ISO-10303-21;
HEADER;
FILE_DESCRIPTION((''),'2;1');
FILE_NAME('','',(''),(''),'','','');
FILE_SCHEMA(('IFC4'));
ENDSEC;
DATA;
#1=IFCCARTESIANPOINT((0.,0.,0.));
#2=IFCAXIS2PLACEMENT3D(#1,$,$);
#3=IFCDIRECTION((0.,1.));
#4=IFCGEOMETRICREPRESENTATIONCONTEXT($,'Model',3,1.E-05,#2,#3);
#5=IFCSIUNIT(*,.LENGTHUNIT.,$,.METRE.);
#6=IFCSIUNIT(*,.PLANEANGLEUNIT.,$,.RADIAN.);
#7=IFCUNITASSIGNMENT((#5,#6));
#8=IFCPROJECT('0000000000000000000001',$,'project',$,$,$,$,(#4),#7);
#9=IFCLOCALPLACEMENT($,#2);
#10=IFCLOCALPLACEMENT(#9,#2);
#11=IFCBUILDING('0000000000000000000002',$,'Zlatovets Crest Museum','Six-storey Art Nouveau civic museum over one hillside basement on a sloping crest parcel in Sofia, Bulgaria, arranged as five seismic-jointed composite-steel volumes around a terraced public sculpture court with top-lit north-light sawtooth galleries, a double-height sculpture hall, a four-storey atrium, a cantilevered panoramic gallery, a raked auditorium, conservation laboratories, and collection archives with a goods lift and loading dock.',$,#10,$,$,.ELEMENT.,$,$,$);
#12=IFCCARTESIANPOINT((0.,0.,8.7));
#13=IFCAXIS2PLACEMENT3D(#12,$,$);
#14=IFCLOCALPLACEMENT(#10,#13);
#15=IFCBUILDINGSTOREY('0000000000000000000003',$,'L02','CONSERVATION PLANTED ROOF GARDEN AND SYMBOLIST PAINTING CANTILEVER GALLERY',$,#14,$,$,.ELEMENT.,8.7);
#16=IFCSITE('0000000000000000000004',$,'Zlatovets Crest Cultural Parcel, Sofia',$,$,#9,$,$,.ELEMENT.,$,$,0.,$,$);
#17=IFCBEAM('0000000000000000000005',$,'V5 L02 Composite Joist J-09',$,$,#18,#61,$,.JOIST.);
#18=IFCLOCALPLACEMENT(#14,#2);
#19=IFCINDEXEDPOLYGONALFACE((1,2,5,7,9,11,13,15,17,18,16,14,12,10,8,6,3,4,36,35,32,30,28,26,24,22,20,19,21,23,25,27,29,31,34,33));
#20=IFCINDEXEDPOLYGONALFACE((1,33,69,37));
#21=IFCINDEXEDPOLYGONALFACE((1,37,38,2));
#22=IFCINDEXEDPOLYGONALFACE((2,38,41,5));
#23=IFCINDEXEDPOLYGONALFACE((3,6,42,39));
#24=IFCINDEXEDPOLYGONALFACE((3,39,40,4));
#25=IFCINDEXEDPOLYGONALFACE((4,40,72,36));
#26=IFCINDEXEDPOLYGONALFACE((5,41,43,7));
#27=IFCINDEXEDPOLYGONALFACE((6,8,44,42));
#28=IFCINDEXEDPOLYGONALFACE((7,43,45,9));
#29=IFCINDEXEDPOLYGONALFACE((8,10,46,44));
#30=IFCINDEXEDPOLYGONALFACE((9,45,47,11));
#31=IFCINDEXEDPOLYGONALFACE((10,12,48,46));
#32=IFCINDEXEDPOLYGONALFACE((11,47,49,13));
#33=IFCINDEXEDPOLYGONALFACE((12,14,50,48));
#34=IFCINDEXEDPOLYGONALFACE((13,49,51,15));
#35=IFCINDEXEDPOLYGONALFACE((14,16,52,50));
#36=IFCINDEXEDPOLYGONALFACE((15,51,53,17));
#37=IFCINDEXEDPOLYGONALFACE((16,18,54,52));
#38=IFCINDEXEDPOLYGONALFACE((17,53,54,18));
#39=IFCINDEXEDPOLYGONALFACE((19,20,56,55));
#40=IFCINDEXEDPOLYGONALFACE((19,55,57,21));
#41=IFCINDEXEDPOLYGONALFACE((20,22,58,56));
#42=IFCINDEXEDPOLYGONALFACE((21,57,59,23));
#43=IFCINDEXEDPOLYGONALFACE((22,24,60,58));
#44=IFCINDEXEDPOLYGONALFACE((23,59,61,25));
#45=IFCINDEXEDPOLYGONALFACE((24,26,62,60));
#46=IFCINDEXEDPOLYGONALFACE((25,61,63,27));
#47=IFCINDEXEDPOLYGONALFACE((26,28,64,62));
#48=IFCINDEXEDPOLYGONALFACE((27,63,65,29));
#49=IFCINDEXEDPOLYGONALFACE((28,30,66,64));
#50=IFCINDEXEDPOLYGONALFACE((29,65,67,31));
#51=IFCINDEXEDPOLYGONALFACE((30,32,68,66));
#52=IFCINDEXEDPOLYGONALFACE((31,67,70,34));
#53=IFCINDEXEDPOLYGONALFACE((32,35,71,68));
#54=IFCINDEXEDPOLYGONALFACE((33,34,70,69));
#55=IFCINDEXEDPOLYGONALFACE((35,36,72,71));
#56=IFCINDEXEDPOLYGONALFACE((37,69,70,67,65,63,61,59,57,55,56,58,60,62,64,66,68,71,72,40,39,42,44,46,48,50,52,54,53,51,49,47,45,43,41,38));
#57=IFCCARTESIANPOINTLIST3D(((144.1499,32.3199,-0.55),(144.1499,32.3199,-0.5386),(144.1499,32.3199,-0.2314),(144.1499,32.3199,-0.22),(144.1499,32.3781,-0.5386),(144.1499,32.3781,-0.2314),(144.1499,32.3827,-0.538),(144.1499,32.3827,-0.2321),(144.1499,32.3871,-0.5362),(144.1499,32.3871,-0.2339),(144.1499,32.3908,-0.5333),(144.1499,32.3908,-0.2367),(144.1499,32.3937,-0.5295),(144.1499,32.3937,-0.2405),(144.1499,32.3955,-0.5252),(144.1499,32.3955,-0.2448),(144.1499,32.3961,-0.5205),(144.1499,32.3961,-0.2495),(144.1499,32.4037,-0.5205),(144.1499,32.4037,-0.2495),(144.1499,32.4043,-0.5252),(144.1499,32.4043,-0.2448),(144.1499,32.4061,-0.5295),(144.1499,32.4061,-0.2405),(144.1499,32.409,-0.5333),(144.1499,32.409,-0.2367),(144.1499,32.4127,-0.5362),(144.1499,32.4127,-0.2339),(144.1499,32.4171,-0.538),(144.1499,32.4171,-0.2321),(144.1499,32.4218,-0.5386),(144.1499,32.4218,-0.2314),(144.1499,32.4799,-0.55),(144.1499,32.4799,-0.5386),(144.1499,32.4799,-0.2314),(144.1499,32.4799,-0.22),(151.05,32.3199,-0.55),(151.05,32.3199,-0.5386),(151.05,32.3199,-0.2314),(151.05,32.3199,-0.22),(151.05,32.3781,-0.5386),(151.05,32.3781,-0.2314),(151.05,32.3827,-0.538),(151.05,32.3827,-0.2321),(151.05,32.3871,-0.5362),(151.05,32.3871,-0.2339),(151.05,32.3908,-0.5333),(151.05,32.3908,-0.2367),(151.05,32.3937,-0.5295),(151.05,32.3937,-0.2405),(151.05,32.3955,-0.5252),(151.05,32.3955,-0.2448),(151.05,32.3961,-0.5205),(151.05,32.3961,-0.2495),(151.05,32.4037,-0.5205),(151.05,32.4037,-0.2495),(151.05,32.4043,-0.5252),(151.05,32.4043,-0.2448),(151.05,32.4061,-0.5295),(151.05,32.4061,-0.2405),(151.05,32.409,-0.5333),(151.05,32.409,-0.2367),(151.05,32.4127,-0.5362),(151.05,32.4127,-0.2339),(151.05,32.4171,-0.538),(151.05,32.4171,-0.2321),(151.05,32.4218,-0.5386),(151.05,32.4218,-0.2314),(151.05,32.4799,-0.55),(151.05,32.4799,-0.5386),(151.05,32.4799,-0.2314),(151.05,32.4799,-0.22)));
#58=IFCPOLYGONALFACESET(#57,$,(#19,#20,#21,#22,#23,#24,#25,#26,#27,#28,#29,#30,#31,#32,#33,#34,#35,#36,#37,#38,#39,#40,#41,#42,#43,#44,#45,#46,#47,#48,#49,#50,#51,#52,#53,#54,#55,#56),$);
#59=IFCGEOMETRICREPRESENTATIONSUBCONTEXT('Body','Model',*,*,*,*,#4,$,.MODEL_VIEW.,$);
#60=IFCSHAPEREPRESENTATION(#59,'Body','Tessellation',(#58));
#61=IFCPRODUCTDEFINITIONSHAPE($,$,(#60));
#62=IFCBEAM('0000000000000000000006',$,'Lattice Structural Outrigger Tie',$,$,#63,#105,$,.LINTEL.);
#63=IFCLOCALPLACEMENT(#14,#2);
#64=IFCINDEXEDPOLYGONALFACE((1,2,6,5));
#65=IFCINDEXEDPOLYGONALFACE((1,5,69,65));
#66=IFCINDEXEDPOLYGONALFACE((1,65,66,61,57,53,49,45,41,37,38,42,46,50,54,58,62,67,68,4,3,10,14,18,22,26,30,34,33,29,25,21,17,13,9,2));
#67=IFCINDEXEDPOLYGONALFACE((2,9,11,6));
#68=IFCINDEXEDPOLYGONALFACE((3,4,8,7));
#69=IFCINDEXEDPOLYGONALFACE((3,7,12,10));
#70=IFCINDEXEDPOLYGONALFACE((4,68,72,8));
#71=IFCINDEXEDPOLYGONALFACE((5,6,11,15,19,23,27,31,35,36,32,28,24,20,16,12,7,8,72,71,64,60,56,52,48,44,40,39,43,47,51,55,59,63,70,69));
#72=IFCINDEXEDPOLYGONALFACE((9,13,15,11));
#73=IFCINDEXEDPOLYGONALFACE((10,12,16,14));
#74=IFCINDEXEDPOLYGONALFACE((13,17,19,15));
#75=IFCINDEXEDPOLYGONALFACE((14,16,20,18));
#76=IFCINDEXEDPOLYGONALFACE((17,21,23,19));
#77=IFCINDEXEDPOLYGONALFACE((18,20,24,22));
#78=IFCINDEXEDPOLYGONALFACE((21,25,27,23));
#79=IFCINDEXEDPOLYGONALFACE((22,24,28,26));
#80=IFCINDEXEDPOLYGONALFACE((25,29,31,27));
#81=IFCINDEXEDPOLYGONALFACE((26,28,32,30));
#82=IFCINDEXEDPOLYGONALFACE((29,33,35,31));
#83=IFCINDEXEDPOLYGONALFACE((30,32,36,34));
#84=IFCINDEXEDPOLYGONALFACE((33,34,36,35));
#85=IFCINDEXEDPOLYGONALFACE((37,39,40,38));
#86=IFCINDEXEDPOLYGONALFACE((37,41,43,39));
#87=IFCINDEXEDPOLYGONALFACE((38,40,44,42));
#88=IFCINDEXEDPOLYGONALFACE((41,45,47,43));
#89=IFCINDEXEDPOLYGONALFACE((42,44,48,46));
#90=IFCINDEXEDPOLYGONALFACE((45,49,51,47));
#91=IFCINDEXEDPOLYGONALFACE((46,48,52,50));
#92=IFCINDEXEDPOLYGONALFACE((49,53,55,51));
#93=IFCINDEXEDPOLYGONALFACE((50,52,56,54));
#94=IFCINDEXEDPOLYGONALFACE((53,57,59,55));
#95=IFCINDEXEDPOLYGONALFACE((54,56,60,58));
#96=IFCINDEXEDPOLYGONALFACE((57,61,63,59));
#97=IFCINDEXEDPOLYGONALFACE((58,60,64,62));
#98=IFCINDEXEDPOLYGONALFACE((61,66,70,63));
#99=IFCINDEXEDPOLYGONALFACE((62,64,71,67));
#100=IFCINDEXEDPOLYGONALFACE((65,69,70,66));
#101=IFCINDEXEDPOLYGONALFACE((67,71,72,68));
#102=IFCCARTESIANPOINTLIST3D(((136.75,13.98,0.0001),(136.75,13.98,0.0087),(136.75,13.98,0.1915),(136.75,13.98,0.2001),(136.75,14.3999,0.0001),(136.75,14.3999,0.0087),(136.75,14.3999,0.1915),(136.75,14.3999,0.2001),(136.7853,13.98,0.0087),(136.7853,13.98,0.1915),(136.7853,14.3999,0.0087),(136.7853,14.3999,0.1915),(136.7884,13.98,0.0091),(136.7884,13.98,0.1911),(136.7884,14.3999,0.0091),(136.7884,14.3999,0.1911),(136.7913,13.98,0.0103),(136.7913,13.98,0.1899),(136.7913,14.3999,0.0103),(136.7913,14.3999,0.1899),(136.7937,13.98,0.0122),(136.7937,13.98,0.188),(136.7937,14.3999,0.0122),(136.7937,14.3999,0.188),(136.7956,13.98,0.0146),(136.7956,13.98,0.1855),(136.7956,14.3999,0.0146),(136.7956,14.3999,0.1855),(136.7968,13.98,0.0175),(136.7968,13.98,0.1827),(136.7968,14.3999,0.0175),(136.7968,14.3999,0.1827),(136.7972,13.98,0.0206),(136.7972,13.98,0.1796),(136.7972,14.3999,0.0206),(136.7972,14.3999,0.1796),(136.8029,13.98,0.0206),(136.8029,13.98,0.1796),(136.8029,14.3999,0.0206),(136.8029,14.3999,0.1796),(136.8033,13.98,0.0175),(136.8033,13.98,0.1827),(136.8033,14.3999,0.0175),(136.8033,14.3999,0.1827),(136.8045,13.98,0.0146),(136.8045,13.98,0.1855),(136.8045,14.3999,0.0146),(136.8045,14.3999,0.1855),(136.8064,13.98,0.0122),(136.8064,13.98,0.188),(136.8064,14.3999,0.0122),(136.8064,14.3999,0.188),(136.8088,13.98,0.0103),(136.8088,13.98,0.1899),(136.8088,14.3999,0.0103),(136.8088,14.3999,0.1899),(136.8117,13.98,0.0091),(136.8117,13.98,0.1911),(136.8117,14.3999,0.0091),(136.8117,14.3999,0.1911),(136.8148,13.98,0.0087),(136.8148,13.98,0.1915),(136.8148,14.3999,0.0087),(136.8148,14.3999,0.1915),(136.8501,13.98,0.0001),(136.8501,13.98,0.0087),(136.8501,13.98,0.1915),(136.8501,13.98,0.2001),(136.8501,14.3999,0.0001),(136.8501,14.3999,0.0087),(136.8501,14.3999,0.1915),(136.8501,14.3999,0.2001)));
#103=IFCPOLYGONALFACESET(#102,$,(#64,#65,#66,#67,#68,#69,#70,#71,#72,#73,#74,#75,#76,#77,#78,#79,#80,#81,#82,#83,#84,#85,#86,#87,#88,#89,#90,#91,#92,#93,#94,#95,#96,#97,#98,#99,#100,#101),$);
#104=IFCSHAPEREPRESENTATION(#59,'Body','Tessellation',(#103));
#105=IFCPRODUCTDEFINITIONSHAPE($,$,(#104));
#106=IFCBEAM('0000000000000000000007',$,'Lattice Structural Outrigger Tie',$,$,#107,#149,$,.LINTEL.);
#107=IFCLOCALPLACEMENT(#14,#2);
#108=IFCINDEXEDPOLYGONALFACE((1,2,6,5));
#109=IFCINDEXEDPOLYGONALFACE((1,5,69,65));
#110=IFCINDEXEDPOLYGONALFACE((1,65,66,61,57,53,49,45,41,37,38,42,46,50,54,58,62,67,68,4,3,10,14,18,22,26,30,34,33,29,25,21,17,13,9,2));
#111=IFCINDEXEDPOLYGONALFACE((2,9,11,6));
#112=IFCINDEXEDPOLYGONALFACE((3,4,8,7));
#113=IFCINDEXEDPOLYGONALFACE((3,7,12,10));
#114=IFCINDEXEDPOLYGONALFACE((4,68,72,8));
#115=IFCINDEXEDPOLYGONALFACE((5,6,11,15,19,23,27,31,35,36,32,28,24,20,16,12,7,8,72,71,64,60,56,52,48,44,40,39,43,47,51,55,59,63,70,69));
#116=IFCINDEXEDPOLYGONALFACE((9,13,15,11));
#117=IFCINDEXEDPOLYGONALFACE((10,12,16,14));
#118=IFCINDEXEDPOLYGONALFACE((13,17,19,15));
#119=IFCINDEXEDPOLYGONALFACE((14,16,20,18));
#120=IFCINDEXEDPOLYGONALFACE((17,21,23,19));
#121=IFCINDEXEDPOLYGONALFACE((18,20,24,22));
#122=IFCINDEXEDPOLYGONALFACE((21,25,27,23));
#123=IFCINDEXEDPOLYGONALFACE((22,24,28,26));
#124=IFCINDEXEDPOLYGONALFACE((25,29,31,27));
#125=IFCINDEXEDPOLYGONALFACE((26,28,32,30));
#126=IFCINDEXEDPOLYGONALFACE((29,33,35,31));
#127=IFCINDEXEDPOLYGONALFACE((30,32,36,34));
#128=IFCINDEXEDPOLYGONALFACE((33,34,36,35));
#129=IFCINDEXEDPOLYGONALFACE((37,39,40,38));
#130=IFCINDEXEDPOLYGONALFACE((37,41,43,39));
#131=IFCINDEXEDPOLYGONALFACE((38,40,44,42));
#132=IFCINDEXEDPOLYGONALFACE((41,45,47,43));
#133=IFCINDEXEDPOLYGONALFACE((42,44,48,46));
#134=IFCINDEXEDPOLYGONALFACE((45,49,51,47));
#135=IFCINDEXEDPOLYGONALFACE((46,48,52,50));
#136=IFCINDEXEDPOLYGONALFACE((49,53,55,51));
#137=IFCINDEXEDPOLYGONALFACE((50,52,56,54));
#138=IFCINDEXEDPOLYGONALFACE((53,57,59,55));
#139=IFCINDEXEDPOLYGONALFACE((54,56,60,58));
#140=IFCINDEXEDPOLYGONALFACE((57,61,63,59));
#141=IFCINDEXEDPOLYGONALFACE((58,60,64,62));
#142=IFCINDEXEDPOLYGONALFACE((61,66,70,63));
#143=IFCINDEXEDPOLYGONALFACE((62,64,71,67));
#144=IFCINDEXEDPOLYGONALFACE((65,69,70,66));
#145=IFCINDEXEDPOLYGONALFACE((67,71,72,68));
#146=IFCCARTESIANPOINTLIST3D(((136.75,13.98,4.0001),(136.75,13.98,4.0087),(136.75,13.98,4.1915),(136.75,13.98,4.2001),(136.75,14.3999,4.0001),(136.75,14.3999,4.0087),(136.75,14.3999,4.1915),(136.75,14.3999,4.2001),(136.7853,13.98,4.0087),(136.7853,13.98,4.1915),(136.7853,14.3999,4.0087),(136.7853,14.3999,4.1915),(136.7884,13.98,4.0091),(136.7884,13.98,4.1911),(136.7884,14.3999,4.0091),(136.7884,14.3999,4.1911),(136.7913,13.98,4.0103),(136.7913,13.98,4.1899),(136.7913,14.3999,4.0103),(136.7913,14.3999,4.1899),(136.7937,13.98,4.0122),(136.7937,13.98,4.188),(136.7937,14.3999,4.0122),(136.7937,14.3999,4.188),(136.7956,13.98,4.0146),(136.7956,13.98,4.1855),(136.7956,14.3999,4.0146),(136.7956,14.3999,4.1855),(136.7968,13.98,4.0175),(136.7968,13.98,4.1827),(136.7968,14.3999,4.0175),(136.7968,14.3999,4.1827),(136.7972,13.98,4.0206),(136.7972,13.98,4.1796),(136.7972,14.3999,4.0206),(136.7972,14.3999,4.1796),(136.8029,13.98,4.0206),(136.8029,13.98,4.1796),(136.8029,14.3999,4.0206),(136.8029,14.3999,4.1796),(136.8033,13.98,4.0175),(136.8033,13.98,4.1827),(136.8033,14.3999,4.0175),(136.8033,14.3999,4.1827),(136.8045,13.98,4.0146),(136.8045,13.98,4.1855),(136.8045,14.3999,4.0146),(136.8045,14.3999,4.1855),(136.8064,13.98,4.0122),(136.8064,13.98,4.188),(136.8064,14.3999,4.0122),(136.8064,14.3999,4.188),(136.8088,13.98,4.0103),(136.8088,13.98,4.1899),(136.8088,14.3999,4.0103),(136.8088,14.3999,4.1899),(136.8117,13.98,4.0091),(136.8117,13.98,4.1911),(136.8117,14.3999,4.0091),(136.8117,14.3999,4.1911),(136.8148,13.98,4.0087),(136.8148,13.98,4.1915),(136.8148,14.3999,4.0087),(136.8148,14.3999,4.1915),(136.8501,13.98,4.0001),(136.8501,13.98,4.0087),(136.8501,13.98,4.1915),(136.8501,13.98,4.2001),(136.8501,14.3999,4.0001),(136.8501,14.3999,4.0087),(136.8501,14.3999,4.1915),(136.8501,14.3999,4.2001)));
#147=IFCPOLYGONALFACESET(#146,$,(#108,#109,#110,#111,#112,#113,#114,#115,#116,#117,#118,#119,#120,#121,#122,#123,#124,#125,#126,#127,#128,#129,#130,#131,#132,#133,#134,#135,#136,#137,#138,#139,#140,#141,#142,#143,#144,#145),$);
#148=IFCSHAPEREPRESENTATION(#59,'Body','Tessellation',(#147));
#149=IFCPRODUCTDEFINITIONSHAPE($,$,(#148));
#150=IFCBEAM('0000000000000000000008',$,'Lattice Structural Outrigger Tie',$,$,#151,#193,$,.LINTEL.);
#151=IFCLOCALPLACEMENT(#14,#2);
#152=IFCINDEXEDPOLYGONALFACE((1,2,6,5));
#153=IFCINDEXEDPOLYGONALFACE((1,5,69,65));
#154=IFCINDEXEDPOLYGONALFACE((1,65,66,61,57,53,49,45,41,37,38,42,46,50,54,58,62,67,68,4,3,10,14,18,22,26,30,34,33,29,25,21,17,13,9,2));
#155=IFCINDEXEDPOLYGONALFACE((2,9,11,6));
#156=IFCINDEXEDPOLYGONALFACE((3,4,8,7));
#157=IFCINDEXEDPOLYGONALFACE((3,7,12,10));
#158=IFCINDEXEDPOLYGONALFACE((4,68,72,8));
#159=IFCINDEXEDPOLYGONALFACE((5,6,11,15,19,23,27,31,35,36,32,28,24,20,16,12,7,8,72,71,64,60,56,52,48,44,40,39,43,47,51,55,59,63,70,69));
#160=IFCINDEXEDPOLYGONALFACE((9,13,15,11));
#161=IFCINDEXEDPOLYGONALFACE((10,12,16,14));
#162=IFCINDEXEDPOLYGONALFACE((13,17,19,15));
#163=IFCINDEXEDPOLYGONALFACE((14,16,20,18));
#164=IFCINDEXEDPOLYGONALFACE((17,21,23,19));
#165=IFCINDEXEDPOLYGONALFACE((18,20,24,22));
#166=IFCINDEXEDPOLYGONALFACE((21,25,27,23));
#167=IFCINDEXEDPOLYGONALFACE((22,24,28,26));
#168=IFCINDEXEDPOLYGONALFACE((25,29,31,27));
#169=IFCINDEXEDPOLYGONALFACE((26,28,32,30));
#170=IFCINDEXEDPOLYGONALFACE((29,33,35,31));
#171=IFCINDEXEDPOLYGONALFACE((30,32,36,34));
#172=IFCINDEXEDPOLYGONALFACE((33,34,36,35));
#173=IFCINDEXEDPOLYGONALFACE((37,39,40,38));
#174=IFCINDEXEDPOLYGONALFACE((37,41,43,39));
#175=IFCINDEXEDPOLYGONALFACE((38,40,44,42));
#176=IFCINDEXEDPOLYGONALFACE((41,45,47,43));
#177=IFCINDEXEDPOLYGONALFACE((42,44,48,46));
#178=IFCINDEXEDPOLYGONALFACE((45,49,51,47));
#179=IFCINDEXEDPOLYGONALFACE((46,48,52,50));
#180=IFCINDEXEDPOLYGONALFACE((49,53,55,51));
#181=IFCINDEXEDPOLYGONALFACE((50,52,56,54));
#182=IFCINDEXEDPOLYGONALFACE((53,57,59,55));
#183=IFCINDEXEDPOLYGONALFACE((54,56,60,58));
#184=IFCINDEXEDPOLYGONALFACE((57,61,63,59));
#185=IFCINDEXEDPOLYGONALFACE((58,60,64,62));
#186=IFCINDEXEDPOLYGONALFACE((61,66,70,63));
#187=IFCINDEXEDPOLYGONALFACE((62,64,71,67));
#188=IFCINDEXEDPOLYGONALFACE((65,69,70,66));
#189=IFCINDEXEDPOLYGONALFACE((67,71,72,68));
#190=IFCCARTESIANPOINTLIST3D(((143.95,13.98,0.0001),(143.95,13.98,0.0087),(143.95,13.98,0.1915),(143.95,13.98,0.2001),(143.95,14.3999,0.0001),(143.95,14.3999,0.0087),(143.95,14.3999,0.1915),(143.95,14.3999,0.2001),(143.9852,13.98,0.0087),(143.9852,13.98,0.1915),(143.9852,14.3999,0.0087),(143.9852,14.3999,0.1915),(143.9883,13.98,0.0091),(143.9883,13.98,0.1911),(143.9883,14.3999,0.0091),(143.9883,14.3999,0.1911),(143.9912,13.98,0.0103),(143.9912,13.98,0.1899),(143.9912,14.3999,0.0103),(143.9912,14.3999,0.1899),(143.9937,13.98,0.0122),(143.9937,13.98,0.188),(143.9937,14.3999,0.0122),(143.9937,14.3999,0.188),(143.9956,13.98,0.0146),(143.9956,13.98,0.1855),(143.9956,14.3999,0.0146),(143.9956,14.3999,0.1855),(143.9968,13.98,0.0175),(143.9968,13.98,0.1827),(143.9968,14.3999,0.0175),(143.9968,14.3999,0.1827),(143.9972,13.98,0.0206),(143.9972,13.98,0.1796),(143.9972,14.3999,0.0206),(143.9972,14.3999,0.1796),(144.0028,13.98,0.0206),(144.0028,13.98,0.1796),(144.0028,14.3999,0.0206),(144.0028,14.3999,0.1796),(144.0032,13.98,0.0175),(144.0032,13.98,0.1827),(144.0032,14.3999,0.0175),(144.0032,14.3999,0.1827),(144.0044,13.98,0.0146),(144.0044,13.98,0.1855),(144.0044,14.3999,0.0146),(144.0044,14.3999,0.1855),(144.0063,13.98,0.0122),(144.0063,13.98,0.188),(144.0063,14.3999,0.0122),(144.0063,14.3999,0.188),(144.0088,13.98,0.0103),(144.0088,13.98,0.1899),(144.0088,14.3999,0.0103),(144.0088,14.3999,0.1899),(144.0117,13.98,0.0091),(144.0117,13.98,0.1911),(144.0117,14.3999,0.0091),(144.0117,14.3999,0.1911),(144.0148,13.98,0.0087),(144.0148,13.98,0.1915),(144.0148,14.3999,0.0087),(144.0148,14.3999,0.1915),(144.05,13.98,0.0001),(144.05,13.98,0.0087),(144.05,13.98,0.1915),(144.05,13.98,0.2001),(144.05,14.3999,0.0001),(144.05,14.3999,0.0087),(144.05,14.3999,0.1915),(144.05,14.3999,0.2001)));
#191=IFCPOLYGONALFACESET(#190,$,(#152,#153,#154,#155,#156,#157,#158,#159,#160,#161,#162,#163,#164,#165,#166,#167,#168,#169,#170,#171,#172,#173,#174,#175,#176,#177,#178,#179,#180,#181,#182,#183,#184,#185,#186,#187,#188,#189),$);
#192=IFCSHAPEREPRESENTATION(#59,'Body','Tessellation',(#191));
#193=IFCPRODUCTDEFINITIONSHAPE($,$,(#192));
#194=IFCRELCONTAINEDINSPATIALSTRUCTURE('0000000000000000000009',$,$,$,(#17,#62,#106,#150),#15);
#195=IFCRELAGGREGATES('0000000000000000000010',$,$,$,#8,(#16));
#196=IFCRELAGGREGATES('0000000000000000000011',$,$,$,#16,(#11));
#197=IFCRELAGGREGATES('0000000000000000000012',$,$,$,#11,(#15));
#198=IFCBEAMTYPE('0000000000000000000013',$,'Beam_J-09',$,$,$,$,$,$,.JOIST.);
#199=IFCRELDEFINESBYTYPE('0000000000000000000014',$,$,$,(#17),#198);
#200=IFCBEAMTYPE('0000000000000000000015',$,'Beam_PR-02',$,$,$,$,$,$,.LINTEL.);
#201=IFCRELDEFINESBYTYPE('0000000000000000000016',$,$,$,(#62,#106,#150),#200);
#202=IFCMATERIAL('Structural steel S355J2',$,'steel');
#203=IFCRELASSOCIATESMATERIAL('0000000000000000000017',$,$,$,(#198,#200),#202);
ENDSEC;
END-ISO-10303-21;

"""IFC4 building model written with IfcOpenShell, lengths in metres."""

from ifc_helpers import new_model, si_unit, direction, frame, origin, origin_2d, place, context, subcontext, project, spatial, i_section, extrude, material, material_profile, profile_set, type_object, element, save


model = new_model("IFC4")

# Units and contexts
model_context = context("Model", 3, precision=1e-05, world=origin(), true_north=direction((0.0, 1.0)))
body_context = subcontext(model_context, "Body", "Model", "MODEL_VIEW")
ifc_project = project(units=[si_unit("LENGTHUNIT", "METRE"), si_unit("PLANEANGLEUNIT", "RADIAN")], contexts=[model_context])

# Site, building, storey
site_placement = place(None, origin())
site = spatial("IfcSite", under=ifc_project, at=site_placement, Name="Zlatovets Crest Cultural Parcel, Sofia", CompositionType="ELEMENT", RefElevation=0.0)
building_placement = place(site_placement, origin())
building = spatial("IfcBuilding", under=site, at=building_placement, Name="Zlatovets Crest Museum", Description="Six-storey Art Nouveau civic museum over one hillside basement on a sloping crest parcel in Sofia, Bulgaria, arranged as five seismic-jointed composite-steel volumes around a terraced public sculpture court with top-lit north-light sawtooth galleries, a double-height sculpture hall, a four-storey atrium, a cantilevered panoramic gallery, a raked auditorium, conservation laboratories, and collection archives with a goods lift and loading dock.", CompositionType="ELEMENT")
storey_placement = place(building_placement, frame((0.0, 0.0, 8.7)))
storey = spatial("IfcBuildingStorey", under=building, at=storey_placement, Name="L02", Description="CONSERVATION PLANTED ROOF GARDEN AND SYMBOLIST PAINTING CANTILEVER GALLERY", CompositionType="ELEMENT", Elevation=8.7)

# Shared definitions
ifc_material_1 = material(Name="Structural steel S355J2", Category="steel")

# Beams
ifc_material_profile_1 = material_profile(ifc_material_1, i_section(OverallWidth=0.1599, OverallDepth=0.3301, WebThickness=0.0076, FlangeThickness=0.0115, FilletRadius=0.0181, at=origin_2d()), Name="IPE 330")
ifc_profile_set_1 = profile_set([ifc_material_profile_1], Name="Structural steel S355J2")
beam_type_1 = type_object("IfcBeamType", Name="Beam_J-09", PredefinedType="JOIST", material=ifc_profile_set_1)
for number, where, z_axis, x_axis, name in (
    (1, (144.1499, 32.3999, -0.385), (1.0, 0.0, 0.0), (0.0, 1.0, 0.0), "V5 L02 Composite Joist J-09"),
):
    element("IfcBeam", number, at=place(storey_placement, frame(where, z_axis=z_axis, x_axis=x_axis)), inside=storey, type_object=beam_type_1, Name=name, PredefinedType="JOIST", context=body_context, shape_type="SweptSolid", body=[
        extrude(i_section(OverallWidth=0.1599, OverallDepth=0.3301, WebThickness=0.0076, FlangeThickness=0.0115, FilletRadius=0.0181, at=origin_2d()), origin(), (0.0, 0.0, 1.0), 6.9001),
    ])
ifc_material_profile_2 = material_profile(ifc_material_1, i_section(OverallWidth=0.1001, OverallDepth=0.2, WebThickness=0.0056, FlangeThickness=0.0085, FilletRadius=0.012, at=origin_2d()), Name="IPE 200")
ifc_profile_set_2 = profile_set([ifc_material_profile_2], Name="Structural steel S355J2")
beam_type_2 = type_object("IfcBeamType", Name="Beam_PR-02", PredefinedType="LINTEL", material=ifc_profile_set_2)
for number, where, z_axis, x_axis, name in (
    (2, (136.8, 14.3999, 0.1001), (0.0, -1.0, 0.0), (1.0, 0.0, 0.0), "Lattice Structural Outrigger Tie"),
    (3, (136.8, 14.3999, 4.1001), (0.0, -1.0, 0.0), (1.0, 0.0, 0.0), "Lattice Structural Outrigger Tie"),
    (4, (144.0, 14.3999, 0.1001), (0.0, -1.0, 0.0), (1.0, 0.0, 0.0), "Lattice Structural Outrigger Tie"),
):
    element("IfcBeam", number, at=place(storey_placement, frame(where, z_axis=z_axis, x_axis=x_axis)), inside=storey, type_object=beam_type_2, Name=name, PredefinedType="LINTEL", context=body_context, shape_type="SweptSolid", body=[
        extrude(i_section(OverallWidth=0.1001, OverallDepth=0.2, WebThickness=0.0056, FlangeThickness=0.0085, FilletRadius=0.012, at=origin_2d()), origin(), (0.0, 0.0, 1.0), 0.4199),
    ])

save(model, "model.ifc")
